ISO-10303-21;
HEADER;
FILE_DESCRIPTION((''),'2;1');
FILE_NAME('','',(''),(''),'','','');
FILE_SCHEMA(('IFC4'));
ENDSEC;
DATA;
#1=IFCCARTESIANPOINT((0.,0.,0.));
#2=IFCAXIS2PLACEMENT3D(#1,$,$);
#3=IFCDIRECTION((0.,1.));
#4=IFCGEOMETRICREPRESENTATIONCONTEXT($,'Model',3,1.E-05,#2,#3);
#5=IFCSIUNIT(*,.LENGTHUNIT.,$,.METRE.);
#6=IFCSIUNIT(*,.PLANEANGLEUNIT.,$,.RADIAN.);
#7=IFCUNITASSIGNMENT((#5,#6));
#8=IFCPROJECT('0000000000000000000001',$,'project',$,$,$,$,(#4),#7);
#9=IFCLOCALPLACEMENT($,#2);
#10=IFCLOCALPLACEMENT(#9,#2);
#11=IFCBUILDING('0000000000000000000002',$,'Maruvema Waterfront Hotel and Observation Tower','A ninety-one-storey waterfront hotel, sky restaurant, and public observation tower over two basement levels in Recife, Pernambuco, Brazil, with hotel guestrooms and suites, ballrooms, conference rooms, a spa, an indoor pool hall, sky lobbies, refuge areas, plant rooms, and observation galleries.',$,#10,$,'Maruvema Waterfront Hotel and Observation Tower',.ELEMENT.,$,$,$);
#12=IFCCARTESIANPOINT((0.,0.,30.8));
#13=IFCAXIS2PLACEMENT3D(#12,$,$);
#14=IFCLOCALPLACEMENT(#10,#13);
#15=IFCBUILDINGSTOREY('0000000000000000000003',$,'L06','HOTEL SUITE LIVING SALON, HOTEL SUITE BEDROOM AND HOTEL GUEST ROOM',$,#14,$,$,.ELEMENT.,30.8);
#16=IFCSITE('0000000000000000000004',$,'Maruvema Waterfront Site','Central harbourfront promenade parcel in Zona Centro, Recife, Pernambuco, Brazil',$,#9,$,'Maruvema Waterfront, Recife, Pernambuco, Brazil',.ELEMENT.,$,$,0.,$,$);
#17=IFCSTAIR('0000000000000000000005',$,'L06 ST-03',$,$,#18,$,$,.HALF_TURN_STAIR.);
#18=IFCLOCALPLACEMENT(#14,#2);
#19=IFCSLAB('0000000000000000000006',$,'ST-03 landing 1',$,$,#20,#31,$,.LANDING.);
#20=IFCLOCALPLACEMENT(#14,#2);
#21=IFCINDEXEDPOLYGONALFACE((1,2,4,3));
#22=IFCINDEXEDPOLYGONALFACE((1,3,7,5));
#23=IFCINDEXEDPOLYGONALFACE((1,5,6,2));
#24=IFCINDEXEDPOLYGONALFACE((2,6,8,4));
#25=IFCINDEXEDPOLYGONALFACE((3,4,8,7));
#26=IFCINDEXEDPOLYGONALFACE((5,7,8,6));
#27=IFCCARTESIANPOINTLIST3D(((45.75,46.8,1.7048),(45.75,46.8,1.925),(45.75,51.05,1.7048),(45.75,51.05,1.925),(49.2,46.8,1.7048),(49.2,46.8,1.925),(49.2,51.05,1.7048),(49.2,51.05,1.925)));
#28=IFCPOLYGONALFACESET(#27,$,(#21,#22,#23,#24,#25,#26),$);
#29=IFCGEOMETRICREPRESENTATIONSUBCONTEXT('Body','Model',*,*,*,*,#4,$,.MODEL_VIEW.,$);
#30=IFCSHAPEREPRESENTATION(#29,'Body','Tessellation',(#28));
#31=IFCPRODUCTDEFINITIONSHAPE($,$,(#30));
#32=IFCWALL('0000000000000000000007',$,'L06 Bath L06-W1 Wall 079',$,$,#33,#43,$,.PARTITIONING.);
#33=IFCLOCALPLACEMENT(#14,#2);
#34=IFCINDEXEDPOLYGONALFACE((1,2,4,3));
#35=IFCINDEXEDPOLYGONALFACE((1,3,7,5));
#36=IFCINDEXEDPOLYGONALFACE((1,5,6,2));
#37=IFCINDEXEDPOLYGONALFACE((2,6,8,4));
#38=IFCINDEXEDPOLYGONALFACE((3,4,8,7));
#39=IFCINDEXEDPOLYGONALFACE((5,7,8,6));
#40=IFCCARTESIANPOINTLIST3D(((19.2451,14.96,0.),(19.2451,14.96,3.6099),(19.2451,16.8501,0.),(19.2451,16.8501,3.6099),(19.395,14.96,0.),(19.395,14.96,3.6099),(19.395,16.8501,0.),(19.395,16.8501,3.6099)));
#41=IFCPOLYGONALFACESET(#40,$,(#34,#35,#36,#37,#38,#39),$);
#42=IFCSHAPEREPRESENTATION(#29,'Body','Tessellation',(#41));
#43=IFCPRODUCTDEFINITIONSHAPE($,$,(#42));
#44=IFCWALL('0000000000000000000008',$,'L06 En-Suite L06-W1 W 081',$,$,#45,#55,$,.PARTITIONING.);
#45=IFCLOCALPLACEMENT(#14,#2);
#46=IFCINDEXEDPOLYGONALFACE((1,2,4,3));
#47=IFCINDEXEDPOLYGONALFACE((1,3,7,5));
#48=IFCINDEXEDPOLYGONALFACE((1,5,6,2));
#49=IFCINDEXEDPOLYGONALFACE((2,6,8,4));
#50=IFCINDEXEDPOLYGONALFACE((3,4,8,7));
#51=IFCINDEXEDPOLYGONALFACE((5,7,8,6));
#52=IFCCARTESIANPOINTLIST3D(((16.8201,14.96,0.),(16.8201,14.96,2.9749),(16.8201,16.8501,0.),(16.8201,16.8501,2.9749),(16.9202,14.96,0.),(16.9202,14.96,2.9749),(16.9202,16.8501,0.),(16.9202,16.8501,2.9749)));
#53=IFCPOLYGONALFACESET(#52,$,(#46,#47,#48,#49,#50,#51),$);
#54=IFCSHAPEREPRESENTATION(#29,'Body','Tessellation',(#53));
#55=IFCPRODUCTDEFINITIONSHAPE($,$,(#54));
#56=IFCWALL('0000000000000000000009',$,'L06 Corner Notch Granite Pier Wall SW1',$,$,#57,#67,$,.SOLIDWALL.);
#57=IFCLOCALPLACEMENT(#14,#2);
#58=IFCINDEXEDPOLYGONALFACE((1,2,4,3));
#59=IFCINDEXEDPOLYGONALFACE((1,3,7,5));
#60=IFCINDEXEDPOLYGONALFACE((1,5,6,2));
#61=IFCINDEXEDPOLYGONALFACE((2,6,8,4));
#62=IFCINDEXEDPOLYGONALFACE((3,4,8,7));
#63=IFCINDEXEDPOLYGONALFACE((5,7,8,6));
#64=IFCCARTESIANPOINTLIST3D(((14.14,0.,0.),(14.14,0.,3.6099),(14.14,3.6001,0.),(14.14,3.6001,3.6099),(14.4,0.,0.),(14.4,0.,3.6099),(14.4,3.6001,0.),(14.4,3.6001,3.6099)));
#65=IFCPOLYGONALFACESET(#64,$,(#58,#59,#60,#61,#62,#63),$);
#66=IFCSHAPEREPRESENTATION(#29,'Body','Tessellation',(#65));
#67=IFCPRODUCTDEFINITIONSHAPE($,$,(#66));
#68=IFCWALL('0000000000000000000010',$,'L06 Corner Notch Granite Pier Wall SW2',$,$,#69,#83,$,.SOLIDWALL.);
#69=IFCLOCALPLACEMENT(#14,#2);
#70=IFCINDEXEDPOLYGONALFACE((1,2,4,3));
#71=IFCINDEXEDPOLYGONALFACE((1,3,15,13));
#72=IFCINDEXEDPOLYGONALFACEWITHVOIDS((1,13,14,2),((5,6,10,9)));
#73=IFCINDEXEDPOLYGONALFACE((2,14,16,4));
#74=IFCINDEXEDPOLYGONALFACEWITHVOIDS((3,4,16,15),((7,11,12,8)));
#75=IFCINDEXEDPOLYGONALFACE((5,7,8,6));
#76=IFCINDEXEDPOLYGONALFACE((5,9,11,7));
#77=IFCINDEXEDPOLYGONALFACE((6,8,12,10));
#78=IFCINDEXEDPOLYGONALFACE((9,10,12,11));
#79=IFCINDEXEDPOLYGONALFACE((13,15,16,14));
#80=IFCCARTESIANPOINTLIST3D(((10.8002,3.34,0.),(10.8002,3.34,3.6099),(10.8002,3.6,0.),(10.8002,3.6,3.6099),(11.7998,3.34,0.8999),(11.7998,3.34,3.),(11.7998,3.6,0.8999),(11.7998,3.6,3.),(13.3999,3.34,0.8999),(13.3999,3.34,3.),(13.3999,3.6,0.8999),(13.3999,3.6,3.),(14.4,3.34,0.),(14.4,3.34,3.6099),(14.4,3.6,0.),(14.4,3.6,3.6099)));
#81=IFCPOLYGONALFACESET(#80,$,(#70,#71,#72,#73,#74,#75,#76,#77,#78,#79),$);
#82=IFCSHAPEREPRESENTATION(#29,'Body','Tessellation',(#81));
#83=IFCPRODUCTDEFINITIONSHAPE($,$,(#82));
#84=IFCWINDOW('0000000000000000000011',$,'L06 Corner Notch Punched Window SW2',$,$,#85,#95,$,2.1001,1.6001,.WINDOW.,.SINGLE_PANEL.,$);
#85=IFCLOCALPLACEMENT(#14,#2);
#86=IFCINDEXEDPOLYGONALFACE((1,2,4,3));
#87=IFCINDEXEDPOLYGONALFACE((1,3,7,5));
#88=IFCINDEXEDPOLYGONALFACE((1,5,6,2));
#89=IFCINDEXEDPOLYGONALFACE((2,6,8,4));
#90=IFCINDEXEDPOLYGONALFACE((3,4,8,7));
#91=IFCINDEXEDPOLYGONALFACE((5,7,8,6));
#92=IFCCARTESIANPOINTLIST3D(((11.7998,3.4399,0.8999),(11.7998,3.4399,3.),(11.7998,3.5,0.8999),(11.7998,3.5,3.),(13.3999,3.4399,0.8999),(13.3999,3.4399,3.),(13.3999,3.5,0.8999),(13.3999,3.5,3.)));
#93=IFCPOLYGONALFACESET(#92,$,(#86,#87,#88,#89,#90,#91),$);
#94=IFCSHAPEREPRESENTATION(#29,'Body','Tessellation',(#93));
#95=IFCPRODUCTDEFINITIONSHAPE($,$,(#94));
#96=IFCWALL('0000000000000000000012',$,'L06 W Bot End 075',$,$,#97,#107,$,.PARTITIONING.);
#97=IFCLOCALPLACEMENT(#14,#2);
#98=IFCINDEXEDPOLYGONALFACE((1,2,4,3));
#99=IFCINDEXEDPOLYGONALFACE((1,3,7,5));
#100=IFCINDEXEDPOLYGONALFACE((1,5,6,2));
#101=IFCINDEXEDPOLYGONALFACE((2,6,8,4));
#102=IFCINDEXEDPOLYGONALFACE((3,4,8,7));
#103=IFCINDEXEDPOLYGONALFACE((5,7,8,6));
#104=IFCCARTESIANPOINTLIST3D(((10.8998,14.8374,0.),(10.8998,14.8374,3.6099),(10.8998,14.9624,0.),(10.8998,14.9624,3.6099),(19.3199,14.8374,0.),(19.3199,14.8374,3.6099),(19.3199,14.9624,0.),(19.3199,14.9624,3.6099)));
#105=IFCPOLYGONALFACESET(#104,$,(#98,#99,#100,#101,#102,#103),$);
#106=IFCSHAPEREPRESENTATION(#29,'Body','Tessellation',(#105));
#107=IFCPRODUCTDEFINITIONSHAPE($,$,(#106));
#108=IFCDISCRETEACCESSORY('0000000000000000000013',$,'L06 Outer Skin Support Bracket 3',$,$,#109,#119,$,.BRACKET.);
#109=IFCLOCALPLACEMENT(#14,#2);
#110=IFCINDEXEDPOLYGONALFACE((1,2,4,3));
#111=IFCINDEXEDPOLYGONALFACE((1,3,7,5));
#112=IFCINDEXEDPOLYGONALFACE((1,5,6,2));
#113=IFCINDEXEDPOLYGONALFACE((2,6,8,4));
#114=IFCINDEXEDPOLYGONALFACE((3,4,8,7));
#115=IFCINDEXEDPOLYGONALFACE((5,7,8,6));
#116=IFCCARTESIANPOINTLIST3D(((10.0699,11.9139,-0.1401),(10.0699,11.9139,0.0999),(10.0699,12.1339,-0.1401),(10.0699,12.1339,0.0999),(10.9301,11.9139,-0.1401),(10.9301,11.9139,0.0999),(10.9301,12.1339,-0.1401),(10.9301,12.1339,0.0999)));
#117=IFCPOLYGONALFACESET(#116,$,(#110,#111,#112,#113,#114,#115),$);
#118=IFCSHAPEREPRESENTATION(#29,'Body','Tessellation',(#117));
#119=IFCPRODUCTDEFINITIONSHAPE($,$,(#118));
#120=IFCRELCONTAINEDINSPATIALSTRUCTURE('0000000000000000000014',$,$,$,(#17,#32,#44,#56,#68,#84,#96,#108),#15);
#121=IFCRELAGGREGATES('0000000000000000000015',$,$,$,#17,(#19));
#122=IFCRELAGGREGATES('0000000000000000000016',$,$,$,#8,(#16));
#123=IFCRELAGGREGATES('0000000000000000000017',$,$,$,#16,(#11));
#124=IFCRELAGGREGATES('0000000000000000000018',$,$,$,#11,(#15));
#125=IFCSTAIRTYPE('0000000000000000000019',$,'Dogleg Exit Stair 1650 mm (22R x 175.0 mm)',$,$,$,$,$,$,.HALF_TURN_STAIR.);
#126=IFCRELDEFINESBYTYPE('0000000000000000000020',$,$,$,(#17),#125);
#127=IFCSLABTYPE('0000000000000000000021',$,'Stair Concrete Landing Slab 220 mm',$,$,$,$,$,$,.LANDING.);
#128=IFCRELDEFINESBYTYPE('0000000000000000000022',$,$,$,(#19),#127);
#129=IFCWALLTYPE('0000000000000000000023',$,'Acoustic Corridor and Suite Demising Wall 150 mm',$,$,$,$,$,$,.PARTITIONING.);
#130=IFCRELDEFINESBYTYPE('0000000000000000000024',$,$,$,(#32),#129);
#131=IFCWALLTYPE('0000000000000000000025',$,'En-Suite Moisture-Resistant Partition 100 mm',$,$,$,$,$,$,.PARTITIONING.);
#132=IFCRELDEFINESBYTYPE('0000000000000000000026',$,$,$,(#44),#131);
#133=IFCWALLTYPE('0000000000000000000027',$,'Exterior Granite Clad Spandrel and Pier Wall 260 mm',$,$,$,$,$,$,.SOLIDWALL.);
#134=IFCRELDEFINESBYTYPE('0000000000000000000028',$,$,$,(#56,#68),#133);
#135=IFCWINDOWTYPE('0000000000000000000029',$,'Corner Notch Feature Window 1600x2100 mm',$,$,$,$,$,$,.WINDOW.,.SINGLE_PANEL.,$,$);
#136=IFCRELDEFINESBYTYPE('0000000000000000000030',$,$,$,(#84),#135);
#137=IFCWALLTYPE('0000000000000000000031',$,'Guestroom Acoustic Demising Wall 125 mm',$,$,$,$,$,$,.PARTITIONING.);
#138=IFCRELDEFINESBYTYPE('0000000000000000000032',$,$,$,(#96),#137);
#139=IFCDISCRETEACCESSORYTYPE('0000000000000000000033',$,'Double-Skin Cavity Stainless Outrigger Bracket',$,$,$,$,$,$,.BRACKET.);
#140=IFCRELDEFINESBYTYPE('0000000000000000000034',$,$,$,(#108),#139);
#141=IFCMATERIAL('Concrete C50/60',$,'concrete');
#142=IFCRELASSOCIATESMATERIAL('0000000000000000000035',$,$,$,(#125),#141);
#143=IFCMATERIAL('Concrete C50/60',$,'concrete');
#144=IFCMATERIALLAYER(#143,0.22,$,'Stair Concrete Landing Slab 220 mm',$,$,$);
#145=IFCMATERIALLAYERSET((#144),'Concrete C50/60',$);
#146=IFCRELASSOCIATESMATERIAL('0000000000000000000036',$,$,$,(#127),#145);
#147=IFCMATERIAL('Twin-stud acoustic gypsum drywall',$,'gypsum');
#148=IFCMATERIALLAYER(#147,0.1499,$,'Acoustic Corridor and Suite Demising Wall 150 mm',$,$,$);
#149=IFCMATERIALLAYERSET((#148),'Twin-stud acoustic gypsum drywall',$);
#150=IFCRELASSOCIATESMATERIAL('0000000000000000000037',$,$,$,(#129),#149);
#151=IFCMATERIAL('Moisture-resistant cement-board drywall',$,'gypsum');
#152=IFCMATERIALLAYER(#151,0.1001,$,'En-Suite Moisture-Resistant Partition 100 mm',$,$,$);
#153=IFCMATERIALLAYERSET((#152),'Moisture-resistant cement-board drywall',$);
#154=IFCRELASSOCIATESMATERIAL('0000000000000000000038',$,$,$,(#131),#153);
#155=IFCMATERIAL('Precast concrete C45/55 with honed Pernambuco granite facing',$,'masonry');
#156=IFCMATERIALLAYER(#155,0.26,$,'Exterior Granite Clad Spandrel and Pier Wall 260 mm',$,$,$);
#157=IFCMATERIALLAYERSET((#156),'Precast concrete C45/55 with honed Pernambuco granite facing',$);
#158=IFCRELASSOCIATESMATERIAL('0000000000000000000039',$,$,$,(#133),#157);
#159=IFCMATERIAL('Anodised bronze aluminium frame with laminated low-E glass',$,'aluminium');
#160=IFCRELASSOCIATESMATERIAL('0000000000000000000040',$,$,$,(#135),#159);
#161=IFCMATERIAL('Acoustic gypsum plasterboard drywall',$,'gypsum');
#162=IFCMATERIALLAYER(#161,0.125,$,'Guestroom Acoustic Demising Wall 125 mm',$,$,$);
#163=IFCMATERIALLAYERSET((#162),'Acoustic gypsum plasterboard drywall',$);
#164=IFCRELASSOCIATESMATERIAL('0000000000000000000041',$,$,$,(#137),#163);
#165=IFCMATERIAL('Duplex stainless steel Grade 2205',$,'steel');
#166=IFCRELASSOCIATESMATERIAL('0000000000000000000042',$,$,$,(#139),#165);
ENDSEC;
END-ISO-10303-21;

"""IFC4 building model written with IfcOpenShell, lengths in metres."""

from ifc_helpers import new_model, si_unit, direction, frame, frame_2d, origin, origin_2d, place, context, subcontext, project, spatial, polyline, rectangle, outline, extrude, material, layer, layer_set, type_object, element, fill, aggregate, save


model = new_model("IFC4")

# Units and contexts
model_context = context("Model", 3, precision=1e-05, world=origin(), true_north=direction((0.0, 1.0)))
body_context = subcontext(model_context, "Body", "Model", "MODEL_VIEW")
ifc_project = project(units=[si_unit("LENGTHUNIT", "METRE"), si_unit("PLANEANGLEUNIT", "RADIAN")], contexts=[model_context])

# Site, building, storey
site_placement = place(None, origin())
site = spatial("IfcSite", under=ifc_project, at=site_placement, Name="Maruvema Waterfront Site", Description="Central harbourfront promenade parcel in Zona Centro, Recife, Pernambuco, Brazil", LongName="Maruvema Waterfront, Recife, Pernambuco, Brazil", CompositionType="ELEMENT", RefElevation=0.0)
building_placement = place(site_placement, origin())
building = spatial("IfcBuilding", under=site, at=building_placement, Name="Maruvema Waterfront Hotel and Observation Tower", Description="A ninety-one-storey waterfront hotel, sky restaurant, and public observation tower over two basement levels in Recife, Pernambuco, Brazil, with hotel guestrooms and suites, ballrooms, conference rooms, a spa, an indoor pool hall, sky lobbies, refuge areas, plant rooms, and observation galleries.", LongName="Maruvema Waterfront Hotel and Observation Tower", CompositionType="ELEMENT")
storey_placement = place(building_placement, frame((0.0, 0.0, 30.8)))
storey = spatial("IfcBuildingStorey", under=building, at=storey_placement, Name="L06", Description="HOTEL SUITE LIVING SALON, HOTEL SUITE BEDROOM AND HOTEL GUEST ROOM", CompositionType="ELEMENT", Elevation=30.8)

# Stair, slab
ifc_material_1 = material(Name="Concrete C50/60", Category="concrete")
stair_type = type_object("IfcStairType", Name="Dogleg Exit Stair 1650 mm (22R x 175.0 mm)", PredefinedType="HALF_TURN_STAIR", material=ifc_material_1)
ifc_material_2 = material(Name="Concrete C50/60", Category="concrete")
ifc_layer_1 = layer(ifc_material_2, 0.22, Name="Stair Concrete Landing Slab 220 mm")
ifc_layer_set_1 = layer_set([ifc_layer_1], Name="Concrete C50/60")
slab_type_1 = type_object("IfcSlabType", Name="Stair Concrete Landing Slab 220 mm", PredefinedType="LANDING", material=ifc_layer_set_1)
stair_1_placement = place(storey_placement, origin())
stair_1 = element("IfcStair", 1, at=stair_1_placement, inside=storey, type_object=stair_type, Name="L06 ST-03", PredefinedType="HALF_TURN_STAIR")
slab_1_placement = place(storey_placement, frame((0.0, 0.0, 1.7048)))
slab_1 = element("IfcSlab", 2, at=slab_1_placement, type_object=slab_type_1, Name="ST-03 landing 1", PredefinedType="LANDING", context=body_context, shape_type="SweptSolid", body=[
    extrude(outline(polyline([(49.2, 46.8), (49.2, 51.05), (45.75, 51.05), (45.75, 46.8), (49.2, 46.8)])), origin(), (0.0, 0.0, 1.0), 0.2202),
])
aggregate(stair_1, [slab_1])

# Walls
ifc_material_3 = material(Name="Twin-stud acoustic gypsum drywall", Category="gypsum")
ifc_layer_2 = layer(ifc_material_3, 0.1499, Name="Acoustic Corridor and Suite Demising Wall 150 mm")
ifc_layer_set_2 = layer_set([ifc_layer_2], Name="Twin-stud acoustic gypsum drywall")
wall_type_1 = type_object("IfcWallType", Name="Acoustic Corridor and Suite Demising Wall 150 mm", PredefinedType="PARTITIONING", material=ifc_layer_set_2)
wall_1_placement = place(storey_placement, frame((19.3201, 14.96, 0.0), z_axis=(0.0, 0.0, 1.0), x_axis=(0.0, 1.0, 0.0)))
element("IfcWall", 3, at=wall_1_placement, inside=storey, type_object=wall_type_1, Name="L06 Bath L06-W1 Wall 079", PredefinedType="PARTITIONING", context=body_context, shape_type="SweptSolid", body=[
    extrude(rectangle(XDim=1.8901, YDim=0.1499, at=frame_2d((0.9451, 0.0))), origin(), (0.0, 0.0, 1.0), 3.6099),
])
ifc_material_4 = material(Name="Moisture-resistant cement-board drywall", Category="gypsum")
ifc_layer_3 = layer(ifc_material_4, 0.1001, Name="En-Suite Moisture-Resistant Partition 100 mm")
ifc_layer_set_3 = layer_set([ifc_layer_3], Name="Moisture-resistant cement-board drywall")
wall_type_2 = type_object("IfcWallType", Name="En-Suite Moisture-Resistant Partition 100 mm", PredefinedType="PARTITIONING", material=ifc_layer_set_3)
wall_2_placement = place(storey_placement, frame((16.8701, 14.96, 0.0), z_axis=(0.0, 0.0, 1.0), x_axis=(0.0, 1.0, 0.0)))
element("IfcWall", 4, at=wall_2_placement, inside=storey, type_object=wall_type_2, Name="L06 En-Suite L06-W1 W 081", PredefinedType="PARTITIONING", context=body_context, shape_type="SweptSolid", body=[
    extrude(rectangle(XDim=1.8901, YDim=0.1001, at=frame_2d((0.9451, 0.0))), origin(), (0.0, 0.0, 1.0), 2.9749),
])
ifc_material_5 = material(Name="Precast concrete C45/55 with honed Pernambuco granite facing", Category="masonry")
ifc_layer_4 = layer(ifc_material_5, 0.26, Name="Exterior Granite Clad Spandrel and Pier Wall 260 mm")
ifc_layer_set_4 = layer_set([ifc_layer_4], Name="Precast concrete C45/55 with honed Pernambuco granite facing")
wall_type_3 = type_object("IfcWallType", Name="Exterior Granite Clad Spandrel and Pier Wall 260 mm", PredefinedType="SOLIDWALL", material=ifc_layer_set_4)
wall_3_placement = place(storey_placement, frame((14.27, 0.0, 0.0), z_axis=(0.0, 0.0, 1.0), x_axis=(0.0, 1.0, 0.0)))
element("IfcWall", 5, at=wall_3_placement, inside=storey, type_object=wall_type_3, Name="L06 Corner Notch Granite Pier Wall SW1", PredefinedType="SOLIDWALL", context=body_context, shape_type="SweptSolid", body=[
    extrude(rectangle(XDim=3.6001, YDim=0.26, at=frame_2d((1.8, 0.0))), origin(), (0.0, 0.0, 1.0), 3.6099),
])

# Wall, opening, window
wall_4_placement = place(storey_placement, frame((14.3999, 3.47, 0.0), z_axis=(0.0, 0.0, 1.0), x_axis=(-1.0, 0.0, 0.0)))
wall_4 = element("IfcWall", 6, at=wall_4_placement, inside=storey, type_object=wall_type_3, Name="L06 Corner Notch Granite Pier Wall SW2", PredefinedType="SOLIDWALL", context=body_context, shape_type="SweptSolid", body=[
    extrude(rectangle(XDim=3.5999, YDim=0.26, at=frame_2d((1.7998, 0.0))), origin(), (0.0, 0.0, 1.0), 3.6099),
])
opening_placement = place(wall_4_placement, frame((1.0, 0.0, 0.8999)))
opening = element("IfcOpeningElement", 7, at=opening_placement, cuts=wall_4, PredefinedType="OPENING", context=body_context, shape_type="SweptSolid", body=[
    extrude(rectangle(XDim=1.6001, YDim=2.1001, at=frame_2d((0.8, 1.05))), frame((0.0, 0.1401, 0.0), z_axis=(0.0, -1.0, 0.0), x_axis=(1.0, 0.0, 0.0)), (0.0, 0.0, 1.0), 0.28),
])
ifc_material_6 = material(Name="Anodised bronze aluminium frame with laminated low-E glass", Category="aluminium")
window_type = type_object("IfcWindowType", Name="Corner Notch Feature Window 1600x2100 mm", PartitioningType="SINGLE_PANEL", PredefinedType="WINDOW", material=ifc_material_6)
window_placement = place(opening_placement, origin())
window = element("IfcWindow", 8, at=window_placement, inside=storey, type_object=window_type, Name="L06 Corner Notch Punched Window SW2", OverallHeight=2.1001, OverallWidth=1.6001, PartitioningType="SINGLE_PANEL", PredefinedType="WINDOW", context=body_context, shape_type="SweptSolid", body=[
    extrude(rectangle(XDim=1.6001, YDim=2.1001, at=frame_2d((0.8, 1.05))), frame((0.0, 0.03, 0.0), z_axis=(0.0, -1.0, 0.0), x_axis=(1.0, 0.0, 0.0)), (0.0, 0.0, 1.0), 0.0601),
])
fill(opening, window)

# Wall
ifc_material_7 = material(Name="Acoustic gypsum plasterboard drywall", Category="gypsum")
ifc_layer_5 = layer(ifc_material_7, 0.125, Name="Guestroom Acoustic Demising Wall 125 mm")
ifc_layer_set_5 = layer_set([ifc_layer_5], Name="Acoustic gypsum plasterboard drywall")
wall_type_4 = type_object("IfcWallType", Name="Guestroom Acoustic Demising Wall 125 mm", PredefinedType="PARTITIONING", material=ifc_layer_set_5)
wall_5_placement = place(storey_placement, frame((10.8999, 14.8999, 0.0), z_axis=(0.0, 0.0, 1.0), x_axis=(1.0, 0.0, 0.0)))
element("IfcWall", 9, at=wall_5_placement, inside=storey, type_object=wall_type_4, Name="L06 W Bot End 075", PredefinedType="PARTITIONING", context=body_context, shape_type="SweptSolid", body=[
    extrude(rectangle(XDim=8.4202, YDim=0.125, at=frame_2d((4.21, 0.0))), origin(), (0.0, 0.0, 1.0), 3.6099),
])

# Discrete accessory
ifc_material_8 = material(Name="Duplex stainless steel Grade 2205", Category="steel")
discrete_accessory_type = type_object("IfcDiscreteAccessoryType", Name="Double-Skin Cavity Stainless Outrigger Bracket", PredefinedType="BRACKET", material=ifc_material_8)
discrete_accessory_placement = place(storey_placement, frame((10.5, 12.0239, -0.1401), z_axis=(0.0, 0.0, 1.0), x_axis=(0.0, -1.0, 0.0)))
element("IfcDiscreteAccessory", 10, at=discrete_accessory_placement, inside=storey, type_object=discrete_accessory_type, Name="L06 Outer Skin Support Bracket 3", PredefinedType="BRACKET", context=body_context, shape_type="SweptSolid", body=[
    extrude(rectangle(XDim=0.22, YDim=0.8601, at=origin_2d()), origin(), (0.0, 0.0, 1.0), 0.24),
])

save(model, "model.ifc")
